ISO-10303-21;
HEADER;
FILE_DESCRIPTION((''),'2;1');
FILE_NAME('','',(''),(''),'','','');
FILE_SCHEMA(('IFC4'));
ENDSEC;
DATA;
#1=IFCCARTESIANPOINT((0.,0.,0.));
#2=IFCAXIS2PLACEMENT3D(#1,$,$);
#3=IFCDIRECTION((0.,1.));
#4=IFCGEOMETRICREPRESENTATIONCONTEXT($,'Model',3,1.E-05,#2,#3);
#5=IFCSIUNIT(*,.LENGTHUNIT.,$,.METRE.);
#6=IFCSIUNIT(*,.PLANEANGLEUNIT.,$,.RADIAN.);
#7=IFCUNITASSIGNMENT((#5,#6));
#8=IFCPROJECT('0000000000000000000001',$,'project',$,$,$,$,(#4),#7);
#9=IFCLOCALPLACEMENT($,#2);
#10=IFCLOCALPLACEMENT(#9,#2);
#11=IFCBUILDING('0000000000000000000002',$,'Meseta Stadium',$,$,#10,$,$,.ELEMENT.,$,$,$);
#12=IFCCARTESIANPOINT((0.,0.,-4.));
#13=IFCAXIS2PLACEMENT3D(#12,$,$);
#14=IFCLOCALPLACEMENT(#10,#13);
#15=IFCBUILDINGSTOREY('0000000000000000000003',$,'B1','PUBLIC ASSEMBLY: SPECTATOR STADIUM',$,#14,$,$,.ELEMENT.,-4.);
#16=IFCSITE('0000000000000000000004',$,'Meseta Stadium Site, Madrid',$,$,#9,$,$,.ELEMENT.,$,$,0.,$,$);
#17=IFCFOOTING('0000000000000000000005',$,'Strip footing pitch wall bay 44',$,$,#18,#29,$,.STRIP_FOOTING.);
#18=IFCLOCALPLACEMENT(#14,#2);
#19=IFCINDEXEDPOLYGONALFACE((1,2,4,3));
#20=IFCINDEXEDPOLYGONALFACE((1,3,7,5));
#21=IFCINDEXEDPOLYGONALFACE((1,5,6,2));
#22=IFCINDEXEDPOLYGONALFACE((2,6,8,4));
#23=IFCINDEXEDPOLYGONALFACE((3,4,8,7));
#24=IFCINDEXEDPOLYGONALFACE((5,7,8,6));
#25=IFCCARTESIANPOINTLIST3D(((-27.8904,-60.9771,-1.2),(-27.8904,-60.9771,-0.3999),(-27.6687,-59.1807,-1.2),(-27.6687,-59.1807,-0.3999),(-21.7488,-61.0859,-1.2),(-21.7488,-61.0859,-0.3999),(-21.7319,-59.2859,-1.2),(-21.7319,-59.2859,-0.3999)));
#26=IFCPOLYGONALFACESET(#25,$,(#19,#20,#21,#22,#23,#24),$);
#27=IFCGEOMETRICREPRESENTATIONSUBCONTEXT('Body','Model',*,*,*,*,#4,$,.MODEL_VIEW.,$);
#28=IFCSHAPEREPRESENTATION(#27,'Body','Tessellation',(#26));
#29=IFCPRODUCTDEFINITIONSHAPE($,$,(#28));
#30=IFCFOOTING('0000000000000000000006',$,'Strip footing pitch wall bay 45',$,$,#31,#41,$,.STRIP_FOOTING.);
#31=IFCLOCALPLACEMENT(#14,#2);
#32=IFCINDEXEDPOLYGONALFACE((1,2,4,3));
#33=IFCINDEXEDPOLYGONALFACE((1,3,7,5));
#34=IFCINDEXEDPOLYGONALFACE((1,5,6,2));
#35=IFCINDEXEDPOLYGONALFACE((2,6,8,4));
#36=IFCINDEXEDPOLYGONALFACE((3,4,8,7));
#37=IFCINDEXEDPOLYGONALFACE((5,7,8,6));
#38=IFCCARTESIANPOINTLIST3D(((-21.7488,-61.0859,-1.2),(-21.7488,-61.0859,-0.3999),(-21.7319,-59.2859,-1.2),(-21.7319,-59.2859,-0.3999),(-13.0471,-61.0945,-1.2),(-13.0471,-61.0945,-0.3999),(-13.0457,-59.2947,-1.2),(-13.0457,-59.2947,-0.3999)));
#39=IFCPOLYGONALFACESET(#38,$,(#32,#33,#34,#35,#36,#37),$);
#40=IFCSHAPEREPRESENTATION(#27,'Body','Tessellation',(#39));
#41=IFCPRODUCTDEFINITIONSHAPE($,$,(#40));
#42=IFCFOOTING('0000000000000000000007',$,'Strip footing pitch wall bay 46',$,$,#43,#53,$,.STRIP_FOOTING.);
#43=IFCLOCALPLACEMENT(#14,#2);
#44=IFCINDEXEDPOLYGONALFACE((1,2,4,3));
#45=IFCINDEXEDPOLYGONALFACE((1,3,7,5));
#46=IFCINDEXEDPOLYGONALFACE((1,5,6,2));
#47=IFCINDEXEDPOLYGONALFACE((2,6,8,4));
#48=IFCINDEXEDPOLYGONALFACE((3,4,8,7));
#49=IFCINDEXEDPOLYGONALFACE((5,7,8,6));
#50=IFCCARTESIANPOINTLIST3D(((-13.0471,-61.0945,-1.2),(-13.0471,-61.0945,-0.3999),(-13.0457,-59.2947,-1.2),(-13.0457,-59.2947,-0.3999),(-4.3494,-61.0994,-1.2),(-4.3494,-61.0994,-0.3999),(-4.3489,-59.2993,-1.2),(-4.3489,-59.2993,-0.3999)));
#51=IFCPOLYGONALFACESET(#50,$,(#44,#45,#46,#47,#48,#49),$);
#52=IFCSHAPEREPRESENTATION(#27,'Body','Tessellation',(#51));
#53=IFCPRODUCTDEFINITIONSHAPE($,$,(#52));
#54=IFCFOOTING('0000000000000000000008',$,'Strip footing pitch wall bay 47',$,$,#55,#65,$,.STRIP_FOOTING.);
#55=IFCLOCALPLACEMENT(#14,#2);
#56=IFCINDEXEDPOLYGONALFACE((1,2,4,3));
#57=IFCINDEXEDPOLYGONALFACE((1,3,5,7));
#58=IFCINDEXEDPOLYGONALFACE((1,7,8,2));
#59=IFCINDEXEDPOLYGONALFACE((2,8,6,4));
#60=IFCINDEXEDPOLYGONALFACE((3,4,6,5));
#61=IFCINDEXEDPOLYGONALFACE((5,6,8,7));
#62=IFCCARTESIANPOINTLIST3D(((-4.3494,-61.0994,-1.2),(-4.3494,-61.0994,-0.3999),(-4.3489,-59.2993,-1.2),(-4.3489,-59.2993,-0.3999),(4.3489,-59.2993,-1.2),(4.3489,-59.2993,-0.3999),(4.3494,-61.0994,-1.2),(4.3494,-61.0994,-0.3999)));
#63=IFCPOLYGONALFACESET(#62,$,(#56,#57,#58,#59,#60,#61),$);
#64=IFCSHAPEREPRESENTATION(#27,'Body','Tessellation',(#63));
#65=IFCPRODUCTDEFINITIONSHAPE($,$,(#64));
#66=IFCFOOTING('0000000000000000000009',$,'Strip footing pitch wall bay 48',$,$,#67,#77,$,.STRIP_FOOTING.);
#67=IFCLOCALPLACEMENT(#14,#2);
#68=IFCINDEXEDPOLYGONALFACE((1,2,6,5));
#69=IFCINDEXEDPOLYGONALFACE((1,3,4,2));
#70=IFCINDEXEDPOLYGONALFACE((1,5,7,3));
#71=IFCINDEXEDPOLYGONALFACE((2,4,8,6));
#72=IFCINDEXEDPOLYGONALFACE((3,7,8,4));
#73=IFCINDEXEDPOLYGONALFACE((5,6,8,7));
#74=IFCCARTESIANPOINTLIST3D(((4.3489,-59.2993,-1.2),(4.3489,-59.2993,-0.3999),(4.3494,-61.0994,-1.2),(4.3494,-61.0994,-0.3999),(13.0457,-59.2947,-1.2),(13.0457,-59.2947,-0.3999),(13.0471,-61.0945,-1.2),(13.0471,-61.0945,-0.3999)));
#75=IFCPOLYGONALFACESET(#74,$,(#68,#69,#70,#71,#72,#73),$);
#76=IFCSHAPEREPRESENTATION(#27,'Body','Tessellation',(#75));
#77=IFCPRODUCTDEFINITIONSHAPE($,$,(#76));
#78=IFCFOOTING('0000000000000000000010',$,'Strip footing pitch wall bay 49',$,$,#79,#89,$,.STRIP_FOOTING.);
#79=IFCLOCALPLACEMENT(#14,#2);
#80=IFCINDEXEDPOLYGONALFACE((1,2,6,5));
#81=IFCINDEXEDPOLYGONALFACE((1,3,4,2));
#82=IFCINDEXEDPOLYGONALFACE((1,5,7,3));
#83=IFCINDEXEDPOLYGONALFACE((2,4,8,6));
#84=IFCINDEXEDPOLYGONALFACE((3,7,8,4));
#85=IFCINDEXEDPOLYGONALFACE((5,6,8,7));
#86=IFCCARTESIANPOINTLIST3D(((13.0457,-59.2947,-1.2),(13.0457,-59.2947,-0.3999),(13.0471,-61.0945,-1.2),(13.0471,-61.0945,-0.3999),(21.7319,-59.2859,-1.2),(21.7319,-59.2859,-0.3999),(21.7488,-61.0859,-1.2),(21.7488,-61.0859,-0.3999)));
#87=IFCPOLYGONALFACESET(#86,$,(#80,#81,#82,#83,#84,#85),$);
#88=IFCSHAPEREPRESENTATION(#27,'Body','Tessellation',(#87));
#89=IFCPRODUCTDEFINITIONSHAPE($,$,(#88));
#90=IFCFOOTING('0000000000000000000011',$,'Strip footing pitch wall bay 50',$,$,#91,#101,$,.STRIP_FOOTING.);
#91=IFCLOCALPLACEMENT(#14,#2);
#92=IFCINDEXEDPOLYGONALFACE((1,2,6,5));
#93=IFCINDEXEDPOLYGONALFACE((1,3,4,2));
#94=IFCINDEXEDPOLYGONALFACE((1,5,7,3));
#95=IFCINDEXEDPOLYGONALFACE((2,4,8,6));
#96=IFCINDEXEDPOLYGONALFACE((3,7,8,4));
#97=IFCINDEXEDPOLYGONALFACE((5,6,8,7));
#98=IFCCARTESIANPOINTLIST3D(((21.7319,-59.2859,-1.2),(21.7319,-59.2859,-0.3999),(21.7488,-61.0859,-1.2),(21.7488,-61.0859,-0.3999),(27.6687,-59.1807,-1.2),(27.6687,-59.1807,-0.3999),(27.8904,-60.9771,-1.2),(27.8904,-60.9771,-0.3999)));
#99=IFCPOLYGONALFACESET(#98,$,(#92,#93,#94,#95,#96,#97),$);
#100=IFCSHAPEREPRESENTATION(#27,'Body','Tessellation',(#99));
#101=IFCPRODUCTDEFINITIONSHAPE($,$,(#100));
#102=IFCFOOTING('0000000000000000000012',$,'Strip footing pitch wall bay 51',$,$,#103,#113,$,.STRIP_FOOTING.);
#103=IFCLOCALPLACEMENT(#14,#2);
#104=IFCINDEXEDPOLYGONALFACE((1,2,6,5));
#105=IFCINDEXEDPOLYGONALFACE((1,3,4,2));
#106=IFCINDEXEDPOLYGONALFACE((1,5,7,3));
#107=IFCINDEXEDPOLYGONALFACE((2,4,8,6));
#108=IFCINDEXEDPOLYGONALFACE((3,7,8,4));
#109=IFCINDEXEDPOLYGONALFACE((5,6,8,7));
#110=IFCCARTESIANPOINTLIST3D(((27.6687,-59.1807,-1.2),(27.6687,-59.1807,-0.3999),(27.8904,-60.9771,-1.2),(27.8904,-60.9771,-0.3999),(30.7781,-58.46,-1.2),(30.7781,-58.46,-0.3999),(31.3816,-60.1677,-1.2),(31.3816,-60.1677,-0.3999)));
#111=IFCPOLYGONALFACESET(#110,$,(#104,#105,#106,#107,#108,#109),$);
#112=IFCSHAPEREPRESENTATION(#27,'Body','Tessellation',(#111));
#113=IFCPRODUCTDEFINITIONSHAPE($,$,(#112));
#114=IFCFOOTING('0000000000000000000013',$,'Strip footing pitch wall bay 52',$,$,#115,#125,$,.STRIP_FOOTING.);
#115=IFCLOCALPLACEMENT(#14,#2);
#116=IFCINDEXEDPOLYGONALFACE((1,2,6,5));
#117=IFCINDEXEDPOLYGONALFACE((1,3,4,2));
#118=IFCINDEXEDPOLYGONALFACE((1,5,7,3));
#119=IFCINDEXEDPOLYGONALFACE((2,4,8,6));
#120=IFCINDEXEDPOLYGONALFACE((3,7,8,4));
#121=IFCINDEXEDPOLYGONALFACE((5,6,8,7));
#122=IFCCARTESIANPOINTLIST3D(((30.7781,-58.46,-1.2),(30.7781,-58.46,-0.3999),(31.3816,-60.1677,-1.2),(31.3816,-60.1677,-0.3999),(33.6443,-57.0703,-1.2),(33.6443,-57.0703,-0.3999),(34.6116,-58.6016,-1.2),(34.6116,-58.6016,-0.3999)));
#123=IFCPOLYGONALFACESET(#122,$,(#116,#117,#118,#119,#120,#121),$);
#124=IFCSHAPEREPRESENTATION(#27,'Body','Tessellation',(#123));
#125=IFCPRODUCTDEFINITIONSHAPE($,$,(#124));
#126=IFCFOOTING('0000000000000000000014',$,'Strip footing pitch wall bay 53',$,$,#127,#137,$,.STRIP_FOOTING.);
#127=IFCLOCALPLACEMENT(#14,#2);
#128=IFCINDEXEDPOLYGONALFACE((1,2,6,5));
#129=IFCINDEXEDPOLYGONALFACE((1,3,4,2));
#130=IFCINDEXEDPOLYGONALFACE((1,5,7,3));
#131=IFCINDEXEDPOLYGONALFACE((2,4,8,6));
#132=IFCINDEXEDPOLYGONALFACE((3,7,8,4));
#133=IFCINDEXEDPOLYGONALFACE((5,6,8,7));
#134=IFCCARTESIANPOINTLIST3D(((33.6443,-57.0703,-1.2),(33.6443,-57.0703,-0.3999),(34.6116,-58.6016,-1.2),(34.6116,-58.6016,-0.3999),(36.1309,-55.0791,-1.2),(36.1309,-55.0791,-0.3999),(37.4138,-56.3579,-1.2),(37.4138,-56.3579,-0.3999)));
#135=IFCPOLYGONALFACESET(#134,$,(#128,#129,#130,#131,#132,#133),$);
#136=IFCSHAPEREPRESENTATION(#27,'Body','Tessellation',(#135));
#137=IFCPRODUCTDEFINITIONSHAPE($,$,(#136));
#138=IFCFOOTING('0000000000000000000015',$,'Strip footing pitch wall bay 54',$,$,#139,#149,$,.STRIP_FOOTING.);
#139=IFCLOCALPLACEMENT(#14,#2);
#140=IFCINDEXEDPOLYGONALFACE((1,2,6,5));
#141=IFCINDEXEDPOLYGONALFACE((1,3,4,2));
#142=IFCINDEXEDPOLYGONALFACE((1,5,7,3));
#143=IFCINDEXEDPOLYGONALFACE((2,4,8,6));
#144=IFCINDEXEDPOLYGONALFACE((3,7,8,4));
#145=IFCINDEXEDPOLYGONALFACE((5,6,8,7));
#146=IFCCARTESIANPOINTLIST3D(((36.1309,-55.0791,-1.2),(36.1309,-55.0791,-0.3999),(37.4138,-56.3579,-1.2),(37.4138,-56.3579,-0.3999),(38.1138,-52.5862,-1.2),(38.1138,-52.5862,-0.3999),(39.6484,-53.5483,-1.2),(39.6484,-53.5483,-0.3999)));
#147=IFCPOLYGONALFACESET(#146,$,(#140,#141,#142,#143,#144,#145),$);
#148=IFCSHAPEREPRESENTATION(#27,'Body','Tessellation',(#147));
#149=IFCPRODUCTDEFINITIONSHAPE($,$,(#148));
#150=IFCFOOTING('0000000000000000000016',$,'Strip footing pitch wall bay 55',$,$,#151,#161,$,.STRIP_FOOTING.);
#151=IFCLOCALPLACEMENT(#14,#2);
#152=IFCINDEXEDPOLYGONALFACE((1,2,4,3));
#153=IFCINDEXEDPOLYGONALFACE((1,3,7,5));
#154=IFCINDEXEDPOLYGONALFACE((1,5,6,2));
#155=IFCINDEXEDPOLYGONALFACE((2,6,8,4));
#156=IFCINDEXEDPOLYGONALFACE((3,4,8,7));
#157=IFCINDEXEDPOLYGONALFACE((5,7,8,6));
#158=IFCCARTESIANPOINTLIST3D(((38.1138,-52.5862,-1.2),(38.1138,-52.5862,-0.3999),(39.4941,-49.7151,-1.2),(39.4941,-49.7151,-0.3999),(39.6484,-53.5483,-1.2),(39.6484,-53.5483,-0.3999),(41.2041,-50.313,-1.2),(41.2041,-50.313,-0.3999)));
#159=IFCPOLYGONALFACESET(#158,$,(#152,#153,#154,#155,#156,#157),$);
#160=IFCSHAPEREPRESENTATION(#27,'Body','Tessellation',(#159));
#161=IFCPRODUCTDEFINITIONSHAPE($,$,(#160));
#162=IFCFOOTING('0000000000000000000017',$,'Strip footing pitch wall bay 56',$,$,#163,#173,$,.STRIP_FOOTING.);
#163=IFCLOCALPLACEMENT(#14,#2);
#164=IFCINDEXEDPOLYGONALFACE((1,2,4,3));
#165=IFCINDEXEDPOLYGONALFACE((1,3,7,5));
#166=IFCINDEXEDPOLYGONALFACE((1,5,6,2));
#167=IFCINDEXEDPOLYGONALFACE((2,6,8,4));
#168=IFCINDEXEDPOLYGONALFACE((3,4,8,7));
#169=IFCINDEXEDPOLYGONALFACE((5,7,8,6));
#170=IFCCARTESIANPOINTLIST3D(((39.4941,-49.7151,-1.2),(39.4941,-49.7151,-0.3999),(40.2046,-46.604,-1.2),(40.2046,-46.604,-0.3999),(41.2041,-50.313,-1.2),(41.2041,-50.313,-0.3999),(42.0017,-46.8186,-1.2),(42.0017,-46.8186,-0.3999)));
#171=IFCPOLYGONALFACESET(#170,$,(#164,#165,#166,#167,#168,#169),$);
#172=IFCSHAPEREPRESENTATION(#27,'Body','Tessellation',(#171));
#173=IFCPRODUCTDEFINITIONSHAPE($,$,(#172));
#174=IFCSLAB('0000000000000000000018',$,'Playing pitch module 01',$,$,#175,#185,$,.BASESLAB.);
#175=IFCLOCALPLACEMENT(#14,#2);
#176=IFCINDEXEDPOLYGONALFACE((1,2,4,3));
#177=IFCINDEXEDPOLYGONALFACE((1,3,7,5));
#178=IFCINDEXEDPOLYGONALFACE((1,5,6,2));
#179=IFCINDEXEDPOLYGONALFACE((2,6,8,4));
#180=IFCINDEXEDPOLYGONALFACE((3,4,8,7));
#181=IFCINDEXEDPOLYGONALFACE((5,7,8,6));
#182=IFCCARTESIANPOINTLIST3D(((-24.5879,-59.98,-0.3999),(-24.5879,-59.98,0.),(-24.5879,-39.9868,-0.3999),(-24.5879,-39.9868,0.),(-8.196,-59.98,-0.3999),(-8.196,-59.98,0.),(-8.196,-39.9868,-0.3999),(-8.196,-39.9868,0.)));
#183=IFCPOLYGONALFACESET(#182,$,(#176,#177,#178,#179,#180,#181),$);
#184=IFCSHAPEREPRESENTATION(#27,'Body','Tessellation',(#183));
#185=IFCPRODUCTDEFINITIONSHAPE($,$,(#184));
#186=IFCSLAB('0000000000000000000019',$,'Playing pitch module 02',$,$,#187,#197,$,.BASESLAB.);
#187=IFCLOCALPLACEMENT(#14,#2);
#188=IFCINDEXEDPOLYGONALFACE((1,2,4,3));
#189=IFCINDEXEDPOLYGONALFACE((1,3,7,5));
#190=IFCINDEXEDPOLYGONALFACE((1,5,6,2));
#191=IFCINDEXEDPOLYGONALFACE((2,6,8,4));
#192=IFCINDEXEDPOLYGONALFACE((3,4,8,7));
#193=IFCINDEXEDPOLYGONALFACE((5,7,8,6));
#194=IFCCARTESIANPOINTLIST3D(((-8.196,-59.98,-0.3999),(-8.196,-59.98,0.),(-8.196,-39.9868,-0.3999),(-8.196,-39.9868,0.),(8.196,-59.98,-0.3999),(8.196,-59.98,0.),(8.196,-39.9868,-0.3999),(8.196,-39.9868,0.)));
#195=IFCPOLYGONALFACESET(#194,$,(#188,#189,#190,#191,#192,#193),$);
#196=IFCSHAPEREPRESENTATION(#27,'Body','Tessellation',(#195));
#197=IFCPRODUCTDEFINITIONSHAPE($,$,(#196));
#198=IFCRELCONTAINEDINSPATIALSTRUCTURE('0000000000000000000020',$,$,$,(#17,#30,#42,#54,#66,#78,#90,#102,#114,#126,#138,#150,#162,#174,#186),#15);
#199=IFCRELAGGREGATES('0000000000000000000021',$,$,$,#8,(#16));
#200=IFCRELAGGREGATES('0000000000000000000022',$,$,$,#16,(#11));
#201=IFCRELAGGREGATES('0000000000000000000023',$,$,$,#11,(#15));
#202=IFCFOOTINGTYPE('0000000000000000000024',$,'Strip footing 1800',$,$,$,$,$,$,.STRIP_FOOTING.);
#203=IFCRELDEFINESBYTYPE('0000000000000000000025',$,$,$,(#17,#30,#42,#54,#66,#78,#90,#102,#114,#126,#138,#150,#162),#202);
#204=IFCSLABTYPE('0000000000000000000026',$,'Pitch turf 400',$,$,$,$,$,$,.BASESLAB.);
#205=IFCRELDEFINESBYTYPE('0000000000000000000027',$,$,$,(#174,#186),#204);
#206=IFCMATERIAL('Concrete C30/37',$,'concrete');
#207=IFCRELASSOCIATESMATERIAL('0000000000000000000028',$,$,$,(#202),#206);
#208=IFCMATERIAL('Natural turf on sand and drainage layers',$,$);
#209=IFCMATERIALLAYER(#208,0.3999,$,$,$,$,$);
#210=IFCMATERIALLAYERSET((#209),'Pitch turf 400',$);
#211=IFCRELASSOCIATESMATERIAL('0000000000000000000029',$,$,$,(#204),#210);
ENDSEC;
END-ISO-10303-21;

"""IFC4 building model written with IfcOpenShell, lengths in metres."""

from ifc_helpers import new_model, si_unit, direction, frame, origin, place, context, subcontext, project, spatial, polyline, outline, extrude, material, layer, layer_set, type_object, element, save


model = new_model("IFC4")

# Units and contexts
model_context = context("Model", 3, precision=1e-05, world=origin(), true_north=direction((0.0, 1.0)))
body_context = subcontext(model_context, "Body", "Model", "MODEL_VIEW")
ifc_project = project(units=[si_unit("LENGTHUNIT", "METRE"), si_unit("PLANEANGLEUNIT", "RADIAN")], contexts=[model_context])

# Site, building, storey
site_placement = place(None, origin())
site = spatial("IfcSite", under=ifc_project, at=site_placement, Name="Meseta Stadium Site, Madrid", CompositionType="ELEMENT", RefElevation=0.0)
building_placement = place(site_placement, origin())
building = spatial("IfcBuilding", under=site, at=building_placement, Name="Meseta Stadium", CompositionType="ELEMENT")
storey_placement = place(building_placement, frame((0.0, 0.0, -4.0)))
storey = spatial("IfcBuildingStorey", under=building, at=storey_placement, Name="B1", Description="PUBLIC ASSEMBLY: SPECTATOR STADIUM", CompositionType="ELEMENT", Elevation=-4.0)

# Footings
ifc_material_1 = material(Name="Concrete C30/37", Category="concrete")
footing_type = type_object("IfcFootingType", Name="Strip footing 1800", PredefinedType="STRIP_FOOTING", material=ifc_material_1)
footing_1_placement = place(storey_placement, frame((0.0, 0.0, -1.2)))
element("IfcFooting", 1, at=footing_1_placement, inside=storey, type_object=footing_type, Name="Strip footing pitch wall bay 44", PredefinedType="STRIP_FOOTING", context=body_context, shape_type="SweptSolid", body=[
    extrude(outline(polyline([(-27.8904, -60.9771), (-21.7488, -61.0859), (-21.7319, -59.2859), (-27.6687, -59.1807), (-27.8904, -60.9771)])), origin(), (0.0, 0.0, 1.0), 0.8),
])
footing_2_placement = place(storey_placement, frame((0.0, 0.0, -1.2)))
element("IfcFooting", 2, at=footing_2_placement, inside=storey, type_object=footing_type, Name="Strip footing pitch wall bay 45", PredefinedType="STRIP_FOOTING", context=body_context, shape_type="SweptSolid", body=[
    extrude(outline(polyline([(-21.7488, -61.0859), (-13.0471, -61.0945), (-13.0457, -59.2947), (-21.7319, -59.2859), (-21.7488, -61.0859)])), origin(), (0.0, 0.0, 1.0), 0.8),
])
footing_3_placement = place(storey_placement, frame((0.0, 0.0, -1.2)))
element("IfcFooting", 3, at=footing_3_placement, inside=storey, type_object=footing_type, Name="Strip footing pitch wall bay 46", PredefinedType="STRIP_FOOTING", context=body_context, shape_type="SweptSolid", body=[
    extrude(outline(polyline([(-13.0471, -61.0945), (-4.3494, -61.0994), (-4.3489, -59.2993), (-13.0457, -59.2947), (-13.0471, -61.0945)])), origin(), (0.0, 0.0, 1.0), 0.8),
])
footing_4_placement = place(storey_placement, frame((0.0, 0.0, -1.2)))
element("IfcFooting", 4, at=footing_4_placement, inside=storey, type_object=footing_type, Name="Strip footing pitch wall bay 47", PredefinedType="STRIP_FOOTING", context=body_context, shape_type="SweptSolid", body=[
    extrude(outline(polyline([(-4.3494, -61.0994), (4.3494, -61.0994), (4.3489, -59.2993), (-4.3489, -59.2993), (-4.3494, -61.0994)])), origin(), (0.0, 0.0, 1.0), 0.8),
])
footing_5_placement = place(storey_placement, frame((0.0, 0.0, -1.2)))
element("IfcFooting", 5, at=footing_5_placement, inside=storey, type_object=footing_type, Name="Strip footing pitch wall bay 48", PredefinedType="STRIP_FOOTING", context=body_context, shape_type="SweptSolid", body=[
    extrude(outline(polyline([(4.3494, -61.0994), (13.0471, -61.0945), (13.0457, -59.2947), (4.3489, -59.2993), (4.3494, -61.0994)])), origin(), (0.0, 0.0, 1.0), 0.8),
])
footing_6_placement = place(storey_placement, frame((0.0, 0.0, -1.2)))
element("IfcFooting", 6, at=footing_6_placement, inside=storey, type_object=footing_type, Name="Strip footing pitch wall bay 49", PredefinedType="STRIP_FOOTING", context=body_context, shape_type="SweptSolid", body=[
    extrude(outline(polyline([(13.0471, -61.0945), (21.7488, -61.0859), (21.7319, -59.2859), (13.0457, -59.2947), (13.0471, -61.0945)])), origin(), (0.0, 0.0, 1.0), 0.8),
])
footing_7_placement = place(storey_placement, frame((0.0, 0.0, -1.2)))
element("IfcFooting", 7, at=footing_7_placement, inside=storey, type_object=footing_type, Name="Strip footing pitch wall bay 50", PredefinedType="STRIP_FOOTING", context=body_context, shape_type="SweptSolid", body=[
    extrude(outline(polyline([(21.7488, -61.0859), (27.8904, -60.9771), (27.6687, -59.1807), (21.7319, -59.2859), (21.7488, -61.0859)])), origin(), (0.0, 0.0, 1.0), 0.8),
])
footing_8_placement = place(storey_placement, frame((0.0, 0.0, -1.2)))
element("IfcFooting", 8, at=footing_8_placement, inside=storey, type_object=footing_type, Name="Strip footing pitch wall bay 51", PredefinedType="STRIP_FOOTING", context=body_context, shape_type="SweptSolid", body=[
    extrude(outline(polyline([(27.8904, -60.9771), (31.3816, -60.1677), (30.7781, -58.46), (27.6687, -59.1807), (27.8904, -60.9771)])), origin(), (0.0, 0.0, 1.0), 0.8),
])
footing_9_placement = place(storey_placement, frame((0.0, 0.0, -1.2)))
element("IfcFooting", 9, at=footing_9_placement, inside=storey, type_object=footing_type, Name="Strip footing pitch wall bay 52", PredefinedType="STRIP_FOOTING", context=body_context, shape_type="SweptSolid", body=[
    extrude(outline(polyline([(31.3816, -60.1677), (34.6116, -58.6016), (33.6443, -57.0703), (30.7781, -58.46), (31.3816, -60.1677)])), origin(), (0.0, 0.0, 1.0), 0.8),
])
footing_10_placement = place(storey_placement, frame((0.0, 0.0, -1.2)))
element("IfcFooting", 10, at=footing_10_placement, inside=storey, type_object=footing_type, Name="Strip footing pitch wall bay 53", PredefinedType="STRIP_FOOTING", context=body_context, shape_type="SweptSolid", body=[
    extrude(outline(polyline([(34.6116, -58.6016), (37.4138, -56.3579), (36.1309, -55.0791), (33.6443, -57.0703), (34.6116, -58.6016)])), origin(), (0.0, 0.0, 1.0), 0.8),
])
footing_11_placement = place(storey_placement, frame((0.0, 0.0, -1.2)))
element("IfcFooting", 11, at=footing_11_placement, inside=storey, type_object=footing_type, Name="Strip footing pitch wall bay 54", PredefinedType="STRIP_FOOTING", context=body_context, shape_type="SweptSolid", body=[
    extrude(outline(polyline([(37.4138, -56.3579), (39.6484, -53.5483), (38.1138, -52.5862), (36.1309, -55.0791), (37.4138, -56.3579)])), origin(), (0.0, 0.0, 1.0), 0.8),
])
footing_12_placement = place(storey_placement, frame((0.0, 0.0, -1.2)))
element("IfcFooting", 12, at=footing_12_placement, inside=storey, type_object=footing_type, Name="Strip footing pitch wall bay 55", PredefinedType="STRIP_FOOTING", context=body_context, shape_type="SweptSolid", body=[
    extrude(outline(polyline([(39.6484, -53.5483), (41.2041, -50.313), (39.4941, -49.7151), (38.1138, -52.5862), (39.6484, -53.5483)])), origin(), (0.0, 0.0, 1.0), 0.8),
])
footing_13_placement = place(storey_placement, frame((0.0, 0.0, -1.2)))
element("IfcFooting", 13, at=footing_13_placement, inside=storey, type_object=footing_type, Name="Strip footing pitch wall bay 56", PredefinedType="STRIP_FOOTING", context=body_context, shape_type="SweptSolid", body=[
    extrude(outline(polyline([(41.2041, -50.313), (42.0017, -46.8186), (40.2046, -46.604), (39.4941, -49.7151), (41.2041, -50.313)])), origin(), (0.0, 0.0, 1.0), 0.8),
])

# Slabs
ifc_material_2 = material(Name="Natural turf on sand and drainage layers")
ifc_layer = layer(ifc_material_2, 0.3999)
ifc_layer_set = layer_set([ifc_layer], Name="Pitch turf 400")
slab_type = type_object("IfcSlabType", Name="Pitch turf 400", PredefinedType="BASESLAB", material=ifc_layer_set)
slab_1_placement = place(storey_placement, frame((0.0, 0.0, -0.3999)))
element("IfcSlab", 14, at=slab_1_placement, inside=storey, type_object=slab_type, Name="Playing pitch module 01", PredefinedType="BASESLAB", context=body_context, shape_type="SweptSolid", body=[
    extrude(outline(polyline([(-24.5879, -59.98), (-8.196, -59.98), (-8.196, -39.9868), (-24.5879, -39.9868), (-24.5879, -59.98)])), origin(), (0.0, 0.0, 1.0), 0.3999),
])
slab_2_placement = place(storey_placement, frame((0.0, 0.0, -0.3999)))
element("IfcSlab", 15, at=slab_2_placement, inside=storey, type_object=slab_type, Name="Playing pitch module 02", PredefinedType="BASESLAB", context=body_context, shape_type="SweptSolid", body=[
    extrude(outline(polyline([(-8.196, -59.98), (8.196, -59.98), (8.196, -39.9868), (-8.196, -39.9868), (-8.196, -59.98)])), origin(), (0.0, 0.0, 1.0), 0.3999),
])

save(model, "model.ifc")
